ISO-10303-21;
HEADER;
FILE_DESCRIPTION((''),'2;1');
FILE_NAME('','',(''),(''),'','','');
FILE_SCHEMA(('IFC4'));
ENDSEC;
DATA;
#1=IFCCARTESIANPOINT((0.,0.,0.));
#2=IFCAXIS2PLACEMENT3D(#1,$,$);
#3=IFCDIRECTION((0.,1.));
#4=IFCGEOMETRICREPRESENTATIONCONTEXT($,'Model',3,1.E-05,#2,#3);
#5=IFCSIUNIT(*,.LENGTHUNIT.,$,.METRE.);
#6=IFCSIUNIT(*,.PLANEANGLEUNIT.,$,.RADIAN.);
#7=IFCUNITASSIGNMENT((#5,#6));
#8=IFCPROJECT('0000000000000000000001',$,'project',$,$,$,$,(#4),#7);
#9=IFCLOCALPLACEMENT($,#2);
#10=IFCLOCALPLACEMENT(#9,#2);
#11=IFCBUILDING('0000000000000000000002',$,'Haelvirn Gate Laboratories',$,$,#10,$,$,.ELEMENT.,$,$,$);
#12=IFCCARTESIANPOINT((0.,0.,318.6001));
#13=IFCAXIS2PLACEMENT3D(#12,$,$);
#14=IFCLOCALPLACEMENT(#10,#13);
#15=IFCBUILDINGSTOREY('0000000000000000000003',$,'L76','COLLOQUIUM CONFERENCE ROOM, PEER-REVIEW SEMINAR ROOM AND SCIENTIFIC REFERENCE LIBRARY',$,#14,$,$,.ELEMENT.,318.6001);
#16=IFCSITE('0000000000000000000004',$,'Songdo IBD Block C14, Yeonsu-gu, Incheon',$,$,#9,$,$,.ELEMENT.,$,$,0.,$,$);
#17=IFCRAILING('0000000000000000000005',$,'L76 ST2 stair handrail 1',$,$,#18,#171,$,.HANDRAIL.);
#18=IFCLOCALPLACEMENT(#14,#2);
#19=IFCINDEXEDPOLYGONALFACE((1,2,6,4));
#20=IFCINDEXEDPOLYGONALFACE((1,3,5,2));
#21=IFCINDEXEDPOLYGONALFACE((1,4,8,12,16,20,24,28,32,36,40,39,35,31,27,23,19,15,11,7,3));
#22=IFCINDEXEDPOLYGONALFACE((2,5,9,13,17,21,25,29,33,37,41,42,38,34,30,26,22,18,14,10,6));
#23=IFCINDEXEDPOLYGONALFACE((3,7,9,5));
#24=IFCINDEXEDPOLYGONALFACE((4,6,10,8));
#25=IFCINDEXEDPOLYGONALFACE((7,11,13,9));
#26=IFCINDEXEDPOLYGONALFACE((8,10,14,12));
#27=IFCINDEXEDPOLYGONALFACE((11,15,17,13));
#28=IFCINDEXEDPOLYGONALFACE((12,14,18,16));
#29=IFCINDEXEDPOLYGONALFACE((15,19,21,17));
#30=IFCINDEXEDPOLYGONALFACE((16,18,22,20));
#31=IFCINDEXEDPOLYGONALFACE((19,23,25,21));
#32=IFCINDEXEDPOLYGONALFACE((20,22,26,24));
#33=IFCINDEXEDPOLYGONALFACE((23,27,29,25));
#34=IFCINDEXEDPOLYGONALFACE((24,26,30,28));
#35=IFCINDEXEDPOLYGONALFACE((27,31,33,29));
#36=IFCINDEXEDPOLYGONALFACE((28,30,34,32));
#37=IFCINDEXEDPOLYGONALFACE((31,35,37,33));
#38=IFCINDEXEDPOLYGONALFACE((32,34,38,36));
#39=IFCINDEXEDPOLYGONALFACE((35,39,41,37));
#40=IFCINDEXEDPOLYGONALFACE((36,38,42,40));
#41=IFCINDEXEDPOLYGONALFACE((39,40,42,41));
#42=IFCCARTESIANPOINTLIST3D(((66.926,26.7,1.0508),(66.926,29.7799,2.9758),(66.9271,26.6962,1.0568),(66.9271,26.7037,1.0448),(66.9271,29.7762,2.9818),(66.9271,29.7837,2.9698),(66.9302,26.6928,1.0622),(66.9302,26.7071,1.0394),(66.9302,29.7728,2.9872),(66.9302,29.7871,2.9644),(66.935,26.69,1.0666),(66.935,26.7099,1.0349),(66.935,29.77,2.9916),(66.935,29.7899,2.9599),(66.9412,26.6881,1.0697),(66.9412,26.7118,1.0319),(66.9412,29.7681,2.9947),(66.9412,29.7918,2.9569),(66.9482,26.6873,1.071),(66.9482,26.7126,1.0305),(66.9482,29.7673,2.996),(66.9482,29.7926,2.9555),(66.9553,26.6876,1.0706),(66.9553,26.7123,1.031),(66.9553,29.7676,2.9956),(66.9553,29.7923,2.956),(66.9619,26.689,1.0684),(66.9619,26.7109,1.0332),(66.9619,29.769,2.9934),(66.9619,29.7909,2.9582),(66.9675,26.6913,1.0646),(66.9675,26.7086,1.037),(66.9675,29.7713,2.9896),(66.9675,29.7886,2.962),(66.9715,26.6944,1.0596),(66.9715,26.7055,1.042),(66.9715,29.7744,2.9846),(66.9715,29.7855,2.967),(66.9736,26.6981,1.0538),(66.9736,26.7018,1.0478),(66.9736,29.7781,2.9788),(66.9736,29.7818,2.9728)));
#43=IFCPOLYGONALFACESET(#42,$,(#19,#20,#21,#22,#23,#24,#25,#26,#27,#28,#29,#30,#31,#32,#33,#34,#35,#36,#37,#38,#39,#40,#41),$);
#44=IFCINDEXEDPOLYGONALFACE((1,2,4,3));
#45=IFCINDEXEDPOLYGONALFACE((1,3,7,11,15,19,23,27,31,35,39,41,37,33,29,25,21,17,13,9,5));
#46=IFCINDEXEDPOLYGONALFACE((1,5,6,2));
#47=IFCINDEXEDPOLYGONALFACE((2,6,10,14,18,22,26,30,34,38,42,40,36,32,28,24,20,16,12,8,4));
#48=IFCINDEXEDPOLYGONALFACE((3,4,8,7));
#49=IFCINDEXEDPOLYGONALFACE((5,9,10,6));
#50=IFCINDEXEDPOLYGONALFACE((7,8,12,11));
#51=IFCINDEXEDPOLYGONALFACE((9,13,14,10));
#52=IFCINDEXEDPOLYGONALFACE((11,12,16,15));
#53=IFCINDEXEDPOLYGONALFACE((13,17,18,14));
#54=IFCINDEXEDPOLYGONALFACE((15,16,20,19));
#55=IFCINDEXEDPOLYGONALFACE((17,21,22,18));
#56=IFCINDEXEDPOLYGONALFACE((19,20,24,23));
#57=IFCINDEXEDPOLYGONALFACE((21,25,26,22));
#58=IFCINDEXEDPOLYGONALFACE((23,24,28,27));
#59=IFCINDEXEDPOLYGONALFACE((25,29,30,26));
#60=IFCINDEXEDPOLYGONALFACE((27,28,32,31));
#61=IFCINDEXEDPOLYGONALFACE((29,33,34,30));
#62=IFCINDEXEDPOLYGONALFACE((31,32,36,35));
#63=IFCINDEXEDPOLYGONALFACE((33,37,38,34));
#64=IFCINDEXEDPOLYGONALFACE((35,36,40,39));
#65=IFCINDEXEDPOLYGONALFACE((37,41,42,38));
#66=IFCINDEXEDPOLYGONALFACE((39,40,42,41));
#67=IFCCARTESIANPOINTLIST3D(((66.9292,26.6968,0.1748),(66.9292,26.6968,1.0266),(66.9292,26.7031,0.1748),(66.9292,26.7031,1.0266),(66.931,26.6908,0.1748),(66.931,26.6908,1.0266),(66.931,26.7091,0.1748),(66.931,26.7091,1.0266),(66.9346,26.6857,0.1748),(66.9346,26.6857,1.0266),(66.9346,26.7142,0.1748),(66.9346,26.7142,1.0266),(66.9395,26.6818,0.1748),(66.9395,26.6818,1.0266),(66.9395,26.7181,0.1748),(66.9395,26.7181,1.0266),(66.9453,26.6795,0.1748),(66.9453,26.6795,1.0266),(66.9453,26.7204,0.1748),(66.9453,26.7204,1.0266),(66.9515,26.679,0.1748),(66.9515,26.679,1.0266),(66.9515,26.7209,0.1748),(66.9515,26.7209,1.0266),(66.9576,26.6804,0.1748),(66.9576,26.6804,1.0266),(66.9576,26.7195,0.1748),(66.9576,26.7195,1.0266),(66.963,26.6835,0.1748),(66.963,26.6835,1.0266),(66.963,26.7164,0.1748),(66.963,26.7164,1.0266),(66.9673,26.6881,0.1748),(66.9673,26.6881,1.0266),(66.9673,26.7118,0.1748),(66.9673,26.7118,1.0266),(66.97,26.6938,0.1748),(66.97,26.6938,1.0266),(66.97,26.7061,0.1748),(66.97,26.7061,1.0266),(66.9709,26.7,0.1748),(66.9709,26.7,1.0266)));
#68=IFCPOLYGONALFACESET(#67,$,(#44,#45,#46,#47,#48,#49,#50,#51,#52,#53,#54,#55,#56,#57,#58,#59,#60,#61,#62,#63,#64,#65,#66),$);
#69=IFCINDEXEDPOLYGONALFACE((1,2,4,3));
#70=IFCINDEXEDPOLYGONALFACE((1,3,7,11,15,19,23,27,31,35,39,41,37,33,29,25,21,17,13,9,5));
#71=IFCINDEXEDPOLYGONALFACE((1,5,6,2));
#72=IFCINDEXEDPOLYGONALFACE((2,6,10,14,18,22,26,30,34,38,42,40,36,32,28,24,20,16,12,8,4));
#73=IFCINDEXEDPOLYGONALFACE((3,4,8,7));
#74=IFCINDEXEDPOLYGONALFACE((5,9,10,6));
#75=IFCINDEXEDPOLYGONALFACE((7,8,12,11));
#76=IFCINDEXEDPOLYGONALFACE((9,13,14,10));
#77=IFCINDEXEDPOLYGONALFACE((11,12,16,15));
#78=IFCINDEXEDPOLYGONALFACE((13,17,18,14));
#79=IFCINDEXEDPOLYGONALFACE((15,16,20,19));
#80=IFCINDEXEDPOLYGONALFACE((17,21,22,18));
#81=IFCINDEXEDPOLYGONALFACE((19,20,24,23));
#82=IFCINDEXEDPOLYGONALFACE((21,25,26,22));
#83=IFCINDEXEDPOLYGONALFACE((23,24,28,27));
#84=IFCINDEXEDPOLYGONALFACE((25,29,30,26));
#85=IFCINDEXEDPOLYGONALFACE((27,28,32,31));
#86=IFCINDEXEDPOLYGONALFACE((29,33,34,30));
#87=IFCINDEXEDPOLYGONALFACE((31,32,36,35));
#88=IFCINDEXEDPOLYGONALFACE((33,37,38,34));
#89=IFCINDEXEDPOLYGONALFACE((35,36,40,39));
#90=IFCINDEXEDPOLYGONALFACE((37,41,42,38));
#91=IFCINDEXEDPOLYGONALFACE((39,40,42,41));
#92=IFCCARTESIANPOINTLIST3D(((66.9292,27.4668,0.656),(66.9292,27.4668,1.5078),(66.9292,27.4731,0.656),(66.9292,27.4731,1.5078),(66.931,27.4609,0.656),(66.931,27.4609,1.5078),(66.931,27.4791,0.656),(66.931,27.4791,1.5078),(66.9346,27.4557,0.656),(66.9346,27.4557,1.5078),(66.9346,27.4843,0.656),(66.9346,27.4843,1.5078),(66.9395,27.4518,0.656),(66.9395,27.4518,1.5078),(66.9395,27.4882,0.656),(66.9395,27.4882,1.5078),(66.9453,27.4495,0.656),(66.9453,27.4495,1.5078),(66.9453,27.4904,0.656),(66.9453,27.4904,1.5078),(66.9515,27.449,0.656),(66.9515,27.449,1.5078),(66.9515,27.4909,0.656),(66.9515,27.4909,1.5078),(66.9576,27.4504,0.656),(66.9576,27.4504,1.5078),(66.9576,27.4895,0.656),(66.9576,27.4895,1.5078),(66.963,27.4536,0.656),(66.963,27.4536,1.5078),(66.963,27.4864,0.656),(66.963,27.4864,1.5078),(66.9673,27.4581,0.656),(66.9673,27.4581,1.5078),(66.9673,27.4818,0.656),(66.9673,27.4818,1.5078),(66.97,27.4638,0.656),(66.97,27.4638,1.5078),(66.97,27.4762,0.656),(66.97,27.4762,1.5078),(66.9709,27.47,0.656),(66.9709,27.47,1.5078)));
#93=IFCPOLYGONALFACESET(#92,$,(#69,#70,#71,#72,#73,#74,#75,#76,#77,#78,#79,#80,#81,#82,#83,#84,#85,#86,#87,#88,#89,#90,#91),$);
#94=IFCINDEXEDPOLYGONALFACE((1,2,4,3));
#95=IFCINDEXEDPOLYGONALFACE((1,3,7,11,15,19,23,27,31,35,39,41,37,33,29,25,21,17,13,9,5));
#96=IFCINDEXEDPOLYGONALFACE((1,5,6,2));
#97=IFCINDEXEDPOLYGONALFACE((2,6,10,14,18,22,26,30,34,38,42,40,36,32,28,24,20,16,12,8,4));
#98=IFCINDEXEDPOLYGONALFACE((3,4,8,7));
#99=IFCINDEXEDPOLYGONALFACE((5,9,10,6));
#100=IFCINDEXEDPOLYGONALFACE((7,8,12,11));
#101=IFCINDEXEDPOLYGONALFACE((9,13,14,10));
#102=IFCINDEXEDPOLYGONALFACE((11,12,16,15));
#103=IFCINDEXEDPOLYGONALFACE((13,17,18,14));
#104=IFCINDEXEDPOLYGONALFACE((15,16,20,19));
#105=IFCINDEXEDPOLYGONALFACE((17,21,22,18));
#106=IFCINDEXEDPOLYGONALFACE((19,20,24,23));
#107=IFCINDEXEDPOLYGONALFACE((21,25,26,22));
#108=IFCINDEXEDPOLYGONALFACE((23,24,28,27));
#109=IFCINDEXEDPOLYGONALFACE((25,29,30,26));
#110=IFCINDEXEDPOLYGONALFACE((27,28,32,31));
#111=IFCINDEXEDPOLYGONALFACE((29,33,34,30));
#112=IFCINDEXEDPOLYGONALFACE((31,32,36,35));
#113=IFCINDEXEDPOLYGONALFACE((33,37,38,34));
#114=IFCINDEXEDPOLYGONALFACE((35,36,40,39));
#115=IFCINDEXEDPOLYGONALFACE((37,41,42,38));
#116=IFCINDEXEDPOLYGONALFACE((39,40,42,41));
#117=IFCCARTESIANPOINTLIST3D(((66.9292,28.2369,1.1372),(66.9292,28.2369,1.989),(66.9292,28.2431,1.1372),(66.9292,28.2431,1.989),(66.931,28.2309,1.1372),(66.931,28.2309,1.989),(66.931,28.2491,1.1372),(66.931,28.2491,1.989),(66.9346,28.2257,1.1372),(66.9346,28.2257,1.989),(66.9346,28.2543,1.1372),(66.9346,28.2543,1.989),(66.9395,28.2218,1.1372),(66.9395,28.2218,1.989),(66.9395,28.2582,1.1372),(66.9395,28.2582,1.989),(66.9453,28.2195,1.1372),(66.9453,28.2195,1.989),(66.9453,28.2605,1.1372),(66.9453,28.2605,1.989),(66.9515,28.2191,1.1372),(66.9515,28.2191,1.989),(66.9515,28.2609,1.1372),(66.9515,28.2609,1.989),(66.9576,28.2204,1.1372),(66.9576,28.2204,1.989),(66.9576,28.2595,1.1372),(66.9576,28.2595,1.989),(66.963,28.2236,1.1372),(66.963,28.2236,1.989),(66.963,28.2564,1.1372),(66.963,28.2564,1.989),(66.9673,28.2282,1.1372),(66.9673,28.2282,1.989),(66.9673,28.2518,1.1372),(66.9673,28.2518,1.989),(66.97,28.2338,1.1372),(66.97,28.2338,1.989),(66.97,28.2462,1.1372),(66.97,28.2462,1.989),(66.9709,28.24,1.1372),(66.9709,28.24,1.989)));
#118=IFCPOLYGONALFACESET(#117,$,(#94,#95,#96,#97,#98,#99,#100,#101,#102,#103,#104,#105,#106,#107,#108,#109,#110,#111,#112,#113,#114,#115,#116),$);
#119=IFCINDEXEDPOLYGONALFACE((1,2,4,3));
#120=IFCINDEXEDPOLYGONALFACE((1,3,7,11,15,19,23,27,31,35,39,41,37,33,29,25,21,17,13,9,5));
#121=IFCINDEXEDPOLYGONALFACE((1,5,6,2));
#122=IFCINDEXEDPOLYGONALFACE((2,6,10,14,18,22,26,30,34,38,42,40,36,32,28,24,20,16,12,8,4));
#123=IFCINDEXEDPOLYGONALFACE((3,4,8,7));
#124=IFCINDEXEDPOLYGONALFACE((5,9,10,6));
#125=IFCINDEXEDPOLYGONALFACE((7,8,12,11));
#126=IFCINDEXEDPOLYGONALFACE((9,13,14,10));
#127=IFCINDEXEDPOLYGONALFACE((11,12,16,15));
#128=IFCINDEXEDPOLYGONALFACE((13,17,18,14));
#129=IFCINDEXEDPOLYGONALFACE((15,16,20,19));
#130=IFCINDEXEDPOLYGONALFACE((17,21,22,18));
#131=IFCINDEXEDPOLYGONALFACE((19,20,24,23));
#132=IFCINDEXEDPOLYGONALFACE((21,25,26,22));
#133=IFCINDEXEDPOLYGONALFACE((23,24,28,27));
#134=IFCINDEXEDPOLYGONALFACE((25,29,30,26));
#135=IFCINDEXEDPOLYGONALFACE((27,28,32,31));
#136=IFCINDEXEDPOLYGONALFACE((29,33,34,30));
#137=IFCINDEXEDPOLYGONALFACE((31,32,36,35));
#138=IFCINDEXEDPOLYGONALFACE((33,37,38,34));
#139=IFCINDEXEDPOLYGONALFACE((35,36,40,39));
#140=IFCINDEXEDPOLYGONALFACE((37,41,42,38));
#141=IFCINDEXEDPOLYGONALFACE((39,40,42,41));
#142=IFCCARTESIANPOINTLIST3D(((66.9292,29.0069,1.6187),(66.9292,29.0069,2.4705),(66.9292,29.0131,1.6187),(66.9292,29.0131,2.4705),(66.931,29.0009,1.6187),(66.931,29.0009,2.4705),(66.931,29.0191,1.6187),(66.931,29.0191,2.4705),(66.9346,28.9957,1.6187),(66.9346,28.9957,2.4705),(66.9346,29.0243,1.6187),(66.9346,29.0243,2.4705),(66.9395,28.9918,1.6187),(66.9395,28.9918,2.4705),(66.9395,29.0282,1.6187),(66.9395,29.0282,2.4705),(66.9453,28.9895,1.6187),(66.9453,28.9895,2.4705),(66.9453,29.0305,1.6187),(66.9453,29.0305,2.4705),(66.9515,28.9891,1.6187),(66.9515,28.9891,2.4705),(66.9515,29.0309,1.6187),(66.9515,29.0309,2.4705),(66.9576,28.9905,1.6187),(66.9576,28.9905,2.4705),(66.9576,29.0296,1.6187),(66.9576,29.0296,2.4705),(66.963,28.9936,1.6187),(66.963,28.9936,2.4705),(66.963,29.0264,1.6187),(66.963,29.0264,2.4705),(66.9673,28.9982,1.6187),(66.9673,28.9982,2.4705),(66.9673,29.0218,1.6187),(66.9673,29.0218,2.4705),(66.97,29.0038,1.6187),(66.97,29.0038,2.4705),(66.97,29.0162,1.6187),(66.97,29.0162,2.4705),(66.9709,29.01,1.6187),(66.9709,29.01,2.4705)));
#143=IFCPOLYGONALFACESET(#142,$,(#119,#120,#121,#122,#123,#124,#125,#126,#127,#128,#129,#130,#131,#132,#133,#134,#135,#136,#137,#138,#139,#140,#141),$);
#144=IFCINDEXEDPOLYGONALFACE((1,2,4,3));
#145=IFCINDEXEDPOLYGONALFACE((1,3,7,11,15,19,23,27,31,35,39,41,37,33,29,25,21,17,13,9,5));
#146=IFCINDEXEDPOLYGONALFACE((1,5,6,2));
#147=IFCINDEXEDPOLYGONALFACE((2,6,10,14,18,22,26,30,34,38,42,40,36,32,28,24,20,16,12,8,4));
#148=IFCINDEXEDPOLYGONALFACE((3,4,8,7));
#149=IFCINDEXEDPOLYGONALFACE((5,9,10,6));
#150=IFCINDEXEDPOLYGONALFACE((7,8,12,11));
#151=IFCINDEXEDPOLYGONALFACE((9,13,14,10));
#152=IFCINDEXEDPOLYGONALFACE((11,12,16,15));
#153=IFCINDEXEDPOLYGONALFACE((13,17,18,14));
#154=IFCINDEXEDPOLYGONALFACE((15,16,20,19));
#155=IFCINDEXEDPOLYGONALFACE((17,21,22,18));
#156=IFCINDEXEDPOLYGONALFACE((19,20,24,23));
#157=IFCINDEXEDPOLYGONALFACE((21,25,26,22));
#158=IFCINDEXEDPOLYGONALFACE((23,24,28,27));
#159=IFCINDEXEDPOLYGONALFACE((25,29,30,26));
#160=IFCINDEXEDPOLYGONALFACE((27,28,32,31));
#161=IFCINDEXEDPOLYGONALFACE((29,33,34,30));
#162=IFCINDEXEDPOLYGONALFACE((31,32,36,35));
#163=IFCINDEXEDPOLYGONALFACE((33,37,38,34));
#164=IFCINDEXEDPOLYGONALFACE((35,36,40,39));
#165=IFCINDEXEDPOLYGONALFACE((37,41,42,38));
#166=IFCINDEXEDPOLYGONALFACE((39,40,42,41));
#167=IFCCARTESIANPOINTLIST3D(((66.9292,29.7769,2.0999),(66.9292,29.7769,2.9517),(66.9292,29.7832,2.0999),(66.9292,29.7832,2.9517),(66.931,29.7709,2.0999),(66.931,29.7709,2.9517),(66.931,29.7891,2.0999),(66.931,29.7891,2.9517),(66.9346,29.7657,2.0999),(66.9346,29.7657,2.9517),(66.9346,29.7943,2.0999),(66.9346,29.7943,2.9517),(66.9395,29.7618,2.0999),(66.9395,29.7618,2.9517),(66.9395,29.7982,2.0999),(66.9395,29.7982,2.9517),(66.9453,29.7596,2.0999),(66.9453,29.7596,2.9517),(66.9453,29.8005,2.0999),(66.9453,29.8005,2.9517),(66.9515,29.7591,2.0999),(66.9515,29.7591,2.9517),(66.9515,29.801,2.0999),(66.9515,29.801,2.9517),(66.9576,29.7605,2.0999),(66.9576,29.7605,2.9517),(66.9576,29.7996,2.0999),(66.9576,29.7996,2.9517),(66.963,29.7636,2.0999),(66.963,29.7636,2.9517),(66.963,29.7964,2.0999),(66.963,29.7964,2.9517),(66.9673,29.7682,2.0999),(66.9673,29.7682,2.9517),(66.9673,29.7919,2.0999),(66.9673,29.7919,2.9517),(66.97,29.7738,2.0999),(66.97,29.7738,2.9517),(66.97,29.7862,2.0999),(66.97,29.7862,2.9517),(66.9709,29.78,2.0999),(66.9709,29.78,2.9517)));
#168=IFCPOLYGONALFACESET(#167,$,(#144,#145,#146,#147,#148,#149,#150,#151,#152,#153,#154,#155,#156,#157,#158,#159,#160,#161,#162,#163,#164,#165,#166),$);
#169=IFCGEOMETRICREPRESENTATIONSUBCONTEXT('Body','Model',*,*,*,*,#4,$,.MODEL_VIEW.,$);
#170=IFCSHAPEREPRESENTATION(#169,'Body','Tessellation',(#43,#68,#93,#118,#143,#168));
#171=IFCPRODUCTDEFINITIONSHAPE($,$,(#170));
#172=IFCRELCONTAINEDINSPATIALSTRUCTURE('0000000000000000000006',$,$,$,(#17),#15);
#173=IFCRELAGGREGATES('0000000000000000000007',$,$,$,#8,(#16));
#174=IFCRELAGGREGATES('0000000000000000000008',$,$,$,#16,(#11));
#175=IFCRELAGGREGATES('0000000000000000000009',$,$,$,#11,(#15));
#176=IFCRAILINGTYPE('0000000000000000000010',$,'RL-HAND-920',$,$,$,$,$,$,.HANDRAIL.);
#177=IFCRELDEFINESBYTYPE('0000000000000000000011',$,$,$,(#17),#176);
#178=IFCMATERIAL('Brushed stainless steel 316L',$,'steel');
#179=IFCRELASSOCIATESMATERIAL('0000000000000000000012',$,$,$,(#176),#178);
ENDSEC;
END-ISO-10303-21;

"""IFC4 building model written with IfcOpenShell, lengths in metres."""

from ifc_helpers import new_model, si_unit, direction, frame, origin, origin_2d, place, context, subcontext, project, spatial, circle, extrude, source, transform, mapped, material, type_object, element, save


model = new_model("IFC4")

# Units and contexts
model_context = context("Model", 3, precision=1e-05, world=origin(), true_north=direction((0.0, 1.0)))
body_context = subcontext(model_context, "Body", "Model", "MODEL_VIEW")
ifc_project = project(units=[si_unit("LENGTHUNIT", "METRE"), si_unit("PLANEANGLEUNIT", "RADIAN")], contexts=[model_context])

# Site, building, storey
site_placement = place(None, origin())
site = spatial("IfcSite", under=ifc_project, at=site_placement, Name="Songdo IBD Block C14, Yeonsu-gu, Incheon", CompositionType="ELEMENT", RefElevation=0.0)
building_placement = place(site_placement, origin())
building = spatial("IfcBuilding", under=site, at=building_placement, Name="Haelvirn Gate Laboratories", CompositionType="ELEMENT")
storey_placement = place(building_placement, frame((0.0, 0.0, 318.6001)))
storey = spatial("IfcBuildingStorey", under=building, at=storey_placement, Name="L76", Description="COLLOQUIUM CONFERENCE ROOM, PEER-REVIEW SEMINAR ROOM AND SCIENTIFIC REFERENCE LIBRARY", CompositionType="ELEMENT", Elevation=318.6001)

# Railing
ifc_material_1 = material(Name="Brushed stainless steel 316L", Category="steel")
railing_type_1 = type_object("IfcRailingType", Name="RL-HAND-920", PredefinedType="HANDRAIL", material=ifc_material_1)
shared_shape_1 = source(origin(), body_context, "Body", "SweptSolid", [
    extrude(circle(Radius=0.0239, at=origin_2d()), frame((0.0, 0.0, 0.876), z_axis=(0.0, 0.847998, 0.529999), x_axis=(-1.0, 0.0, 0.0)), (0.0, 0.0, 1.0), 3.6321),
    extrude(circle(Radius=0.021, at=origin_2d()), origin(), (0.0, 0.0, 1.0), 0.8518),
    extrude(circle(Radius=0.021, at=origin_2d()), frame((0.0, 0.77, 0.4812)), (0.0, 0.0, 1.0), 0.8518),
    extrude(circle(Radius=0.021, at=origin_2d()), frame((0.0, 1.54, 0.9624)), (0.0, 0.0, 1.0), 0.8518),
    extrude(circle(Radius=0.021, at=origin_2d()), frame((0.0, 2.3101, 1.4438)), (0.0, 0.0, 1.0), 0.8518),
    extrude(circle(Radius=0.021, at=origin_2d()), frame((0.0, 3.0801, 1.925)), (0.0, 0.0, 1.0), 0.8518),
])
railing_1_placement = place(storey_placement, frame((66.95, 26.7, 0.1748)))
element("IfcRailing", 1, at=railing_1_placement, inside=storey, type_object=railing_type_1, Name="L76 ST2 stair handrail 1", PredefinedType="HANDRAIL", context=body_context, shape_type="MappedRepresentation", body=[
    mapped(shared_shape_1, transform((0.0, 0.0, 0.0), scale=1.0)),
])

save(model, "model.ifc")
